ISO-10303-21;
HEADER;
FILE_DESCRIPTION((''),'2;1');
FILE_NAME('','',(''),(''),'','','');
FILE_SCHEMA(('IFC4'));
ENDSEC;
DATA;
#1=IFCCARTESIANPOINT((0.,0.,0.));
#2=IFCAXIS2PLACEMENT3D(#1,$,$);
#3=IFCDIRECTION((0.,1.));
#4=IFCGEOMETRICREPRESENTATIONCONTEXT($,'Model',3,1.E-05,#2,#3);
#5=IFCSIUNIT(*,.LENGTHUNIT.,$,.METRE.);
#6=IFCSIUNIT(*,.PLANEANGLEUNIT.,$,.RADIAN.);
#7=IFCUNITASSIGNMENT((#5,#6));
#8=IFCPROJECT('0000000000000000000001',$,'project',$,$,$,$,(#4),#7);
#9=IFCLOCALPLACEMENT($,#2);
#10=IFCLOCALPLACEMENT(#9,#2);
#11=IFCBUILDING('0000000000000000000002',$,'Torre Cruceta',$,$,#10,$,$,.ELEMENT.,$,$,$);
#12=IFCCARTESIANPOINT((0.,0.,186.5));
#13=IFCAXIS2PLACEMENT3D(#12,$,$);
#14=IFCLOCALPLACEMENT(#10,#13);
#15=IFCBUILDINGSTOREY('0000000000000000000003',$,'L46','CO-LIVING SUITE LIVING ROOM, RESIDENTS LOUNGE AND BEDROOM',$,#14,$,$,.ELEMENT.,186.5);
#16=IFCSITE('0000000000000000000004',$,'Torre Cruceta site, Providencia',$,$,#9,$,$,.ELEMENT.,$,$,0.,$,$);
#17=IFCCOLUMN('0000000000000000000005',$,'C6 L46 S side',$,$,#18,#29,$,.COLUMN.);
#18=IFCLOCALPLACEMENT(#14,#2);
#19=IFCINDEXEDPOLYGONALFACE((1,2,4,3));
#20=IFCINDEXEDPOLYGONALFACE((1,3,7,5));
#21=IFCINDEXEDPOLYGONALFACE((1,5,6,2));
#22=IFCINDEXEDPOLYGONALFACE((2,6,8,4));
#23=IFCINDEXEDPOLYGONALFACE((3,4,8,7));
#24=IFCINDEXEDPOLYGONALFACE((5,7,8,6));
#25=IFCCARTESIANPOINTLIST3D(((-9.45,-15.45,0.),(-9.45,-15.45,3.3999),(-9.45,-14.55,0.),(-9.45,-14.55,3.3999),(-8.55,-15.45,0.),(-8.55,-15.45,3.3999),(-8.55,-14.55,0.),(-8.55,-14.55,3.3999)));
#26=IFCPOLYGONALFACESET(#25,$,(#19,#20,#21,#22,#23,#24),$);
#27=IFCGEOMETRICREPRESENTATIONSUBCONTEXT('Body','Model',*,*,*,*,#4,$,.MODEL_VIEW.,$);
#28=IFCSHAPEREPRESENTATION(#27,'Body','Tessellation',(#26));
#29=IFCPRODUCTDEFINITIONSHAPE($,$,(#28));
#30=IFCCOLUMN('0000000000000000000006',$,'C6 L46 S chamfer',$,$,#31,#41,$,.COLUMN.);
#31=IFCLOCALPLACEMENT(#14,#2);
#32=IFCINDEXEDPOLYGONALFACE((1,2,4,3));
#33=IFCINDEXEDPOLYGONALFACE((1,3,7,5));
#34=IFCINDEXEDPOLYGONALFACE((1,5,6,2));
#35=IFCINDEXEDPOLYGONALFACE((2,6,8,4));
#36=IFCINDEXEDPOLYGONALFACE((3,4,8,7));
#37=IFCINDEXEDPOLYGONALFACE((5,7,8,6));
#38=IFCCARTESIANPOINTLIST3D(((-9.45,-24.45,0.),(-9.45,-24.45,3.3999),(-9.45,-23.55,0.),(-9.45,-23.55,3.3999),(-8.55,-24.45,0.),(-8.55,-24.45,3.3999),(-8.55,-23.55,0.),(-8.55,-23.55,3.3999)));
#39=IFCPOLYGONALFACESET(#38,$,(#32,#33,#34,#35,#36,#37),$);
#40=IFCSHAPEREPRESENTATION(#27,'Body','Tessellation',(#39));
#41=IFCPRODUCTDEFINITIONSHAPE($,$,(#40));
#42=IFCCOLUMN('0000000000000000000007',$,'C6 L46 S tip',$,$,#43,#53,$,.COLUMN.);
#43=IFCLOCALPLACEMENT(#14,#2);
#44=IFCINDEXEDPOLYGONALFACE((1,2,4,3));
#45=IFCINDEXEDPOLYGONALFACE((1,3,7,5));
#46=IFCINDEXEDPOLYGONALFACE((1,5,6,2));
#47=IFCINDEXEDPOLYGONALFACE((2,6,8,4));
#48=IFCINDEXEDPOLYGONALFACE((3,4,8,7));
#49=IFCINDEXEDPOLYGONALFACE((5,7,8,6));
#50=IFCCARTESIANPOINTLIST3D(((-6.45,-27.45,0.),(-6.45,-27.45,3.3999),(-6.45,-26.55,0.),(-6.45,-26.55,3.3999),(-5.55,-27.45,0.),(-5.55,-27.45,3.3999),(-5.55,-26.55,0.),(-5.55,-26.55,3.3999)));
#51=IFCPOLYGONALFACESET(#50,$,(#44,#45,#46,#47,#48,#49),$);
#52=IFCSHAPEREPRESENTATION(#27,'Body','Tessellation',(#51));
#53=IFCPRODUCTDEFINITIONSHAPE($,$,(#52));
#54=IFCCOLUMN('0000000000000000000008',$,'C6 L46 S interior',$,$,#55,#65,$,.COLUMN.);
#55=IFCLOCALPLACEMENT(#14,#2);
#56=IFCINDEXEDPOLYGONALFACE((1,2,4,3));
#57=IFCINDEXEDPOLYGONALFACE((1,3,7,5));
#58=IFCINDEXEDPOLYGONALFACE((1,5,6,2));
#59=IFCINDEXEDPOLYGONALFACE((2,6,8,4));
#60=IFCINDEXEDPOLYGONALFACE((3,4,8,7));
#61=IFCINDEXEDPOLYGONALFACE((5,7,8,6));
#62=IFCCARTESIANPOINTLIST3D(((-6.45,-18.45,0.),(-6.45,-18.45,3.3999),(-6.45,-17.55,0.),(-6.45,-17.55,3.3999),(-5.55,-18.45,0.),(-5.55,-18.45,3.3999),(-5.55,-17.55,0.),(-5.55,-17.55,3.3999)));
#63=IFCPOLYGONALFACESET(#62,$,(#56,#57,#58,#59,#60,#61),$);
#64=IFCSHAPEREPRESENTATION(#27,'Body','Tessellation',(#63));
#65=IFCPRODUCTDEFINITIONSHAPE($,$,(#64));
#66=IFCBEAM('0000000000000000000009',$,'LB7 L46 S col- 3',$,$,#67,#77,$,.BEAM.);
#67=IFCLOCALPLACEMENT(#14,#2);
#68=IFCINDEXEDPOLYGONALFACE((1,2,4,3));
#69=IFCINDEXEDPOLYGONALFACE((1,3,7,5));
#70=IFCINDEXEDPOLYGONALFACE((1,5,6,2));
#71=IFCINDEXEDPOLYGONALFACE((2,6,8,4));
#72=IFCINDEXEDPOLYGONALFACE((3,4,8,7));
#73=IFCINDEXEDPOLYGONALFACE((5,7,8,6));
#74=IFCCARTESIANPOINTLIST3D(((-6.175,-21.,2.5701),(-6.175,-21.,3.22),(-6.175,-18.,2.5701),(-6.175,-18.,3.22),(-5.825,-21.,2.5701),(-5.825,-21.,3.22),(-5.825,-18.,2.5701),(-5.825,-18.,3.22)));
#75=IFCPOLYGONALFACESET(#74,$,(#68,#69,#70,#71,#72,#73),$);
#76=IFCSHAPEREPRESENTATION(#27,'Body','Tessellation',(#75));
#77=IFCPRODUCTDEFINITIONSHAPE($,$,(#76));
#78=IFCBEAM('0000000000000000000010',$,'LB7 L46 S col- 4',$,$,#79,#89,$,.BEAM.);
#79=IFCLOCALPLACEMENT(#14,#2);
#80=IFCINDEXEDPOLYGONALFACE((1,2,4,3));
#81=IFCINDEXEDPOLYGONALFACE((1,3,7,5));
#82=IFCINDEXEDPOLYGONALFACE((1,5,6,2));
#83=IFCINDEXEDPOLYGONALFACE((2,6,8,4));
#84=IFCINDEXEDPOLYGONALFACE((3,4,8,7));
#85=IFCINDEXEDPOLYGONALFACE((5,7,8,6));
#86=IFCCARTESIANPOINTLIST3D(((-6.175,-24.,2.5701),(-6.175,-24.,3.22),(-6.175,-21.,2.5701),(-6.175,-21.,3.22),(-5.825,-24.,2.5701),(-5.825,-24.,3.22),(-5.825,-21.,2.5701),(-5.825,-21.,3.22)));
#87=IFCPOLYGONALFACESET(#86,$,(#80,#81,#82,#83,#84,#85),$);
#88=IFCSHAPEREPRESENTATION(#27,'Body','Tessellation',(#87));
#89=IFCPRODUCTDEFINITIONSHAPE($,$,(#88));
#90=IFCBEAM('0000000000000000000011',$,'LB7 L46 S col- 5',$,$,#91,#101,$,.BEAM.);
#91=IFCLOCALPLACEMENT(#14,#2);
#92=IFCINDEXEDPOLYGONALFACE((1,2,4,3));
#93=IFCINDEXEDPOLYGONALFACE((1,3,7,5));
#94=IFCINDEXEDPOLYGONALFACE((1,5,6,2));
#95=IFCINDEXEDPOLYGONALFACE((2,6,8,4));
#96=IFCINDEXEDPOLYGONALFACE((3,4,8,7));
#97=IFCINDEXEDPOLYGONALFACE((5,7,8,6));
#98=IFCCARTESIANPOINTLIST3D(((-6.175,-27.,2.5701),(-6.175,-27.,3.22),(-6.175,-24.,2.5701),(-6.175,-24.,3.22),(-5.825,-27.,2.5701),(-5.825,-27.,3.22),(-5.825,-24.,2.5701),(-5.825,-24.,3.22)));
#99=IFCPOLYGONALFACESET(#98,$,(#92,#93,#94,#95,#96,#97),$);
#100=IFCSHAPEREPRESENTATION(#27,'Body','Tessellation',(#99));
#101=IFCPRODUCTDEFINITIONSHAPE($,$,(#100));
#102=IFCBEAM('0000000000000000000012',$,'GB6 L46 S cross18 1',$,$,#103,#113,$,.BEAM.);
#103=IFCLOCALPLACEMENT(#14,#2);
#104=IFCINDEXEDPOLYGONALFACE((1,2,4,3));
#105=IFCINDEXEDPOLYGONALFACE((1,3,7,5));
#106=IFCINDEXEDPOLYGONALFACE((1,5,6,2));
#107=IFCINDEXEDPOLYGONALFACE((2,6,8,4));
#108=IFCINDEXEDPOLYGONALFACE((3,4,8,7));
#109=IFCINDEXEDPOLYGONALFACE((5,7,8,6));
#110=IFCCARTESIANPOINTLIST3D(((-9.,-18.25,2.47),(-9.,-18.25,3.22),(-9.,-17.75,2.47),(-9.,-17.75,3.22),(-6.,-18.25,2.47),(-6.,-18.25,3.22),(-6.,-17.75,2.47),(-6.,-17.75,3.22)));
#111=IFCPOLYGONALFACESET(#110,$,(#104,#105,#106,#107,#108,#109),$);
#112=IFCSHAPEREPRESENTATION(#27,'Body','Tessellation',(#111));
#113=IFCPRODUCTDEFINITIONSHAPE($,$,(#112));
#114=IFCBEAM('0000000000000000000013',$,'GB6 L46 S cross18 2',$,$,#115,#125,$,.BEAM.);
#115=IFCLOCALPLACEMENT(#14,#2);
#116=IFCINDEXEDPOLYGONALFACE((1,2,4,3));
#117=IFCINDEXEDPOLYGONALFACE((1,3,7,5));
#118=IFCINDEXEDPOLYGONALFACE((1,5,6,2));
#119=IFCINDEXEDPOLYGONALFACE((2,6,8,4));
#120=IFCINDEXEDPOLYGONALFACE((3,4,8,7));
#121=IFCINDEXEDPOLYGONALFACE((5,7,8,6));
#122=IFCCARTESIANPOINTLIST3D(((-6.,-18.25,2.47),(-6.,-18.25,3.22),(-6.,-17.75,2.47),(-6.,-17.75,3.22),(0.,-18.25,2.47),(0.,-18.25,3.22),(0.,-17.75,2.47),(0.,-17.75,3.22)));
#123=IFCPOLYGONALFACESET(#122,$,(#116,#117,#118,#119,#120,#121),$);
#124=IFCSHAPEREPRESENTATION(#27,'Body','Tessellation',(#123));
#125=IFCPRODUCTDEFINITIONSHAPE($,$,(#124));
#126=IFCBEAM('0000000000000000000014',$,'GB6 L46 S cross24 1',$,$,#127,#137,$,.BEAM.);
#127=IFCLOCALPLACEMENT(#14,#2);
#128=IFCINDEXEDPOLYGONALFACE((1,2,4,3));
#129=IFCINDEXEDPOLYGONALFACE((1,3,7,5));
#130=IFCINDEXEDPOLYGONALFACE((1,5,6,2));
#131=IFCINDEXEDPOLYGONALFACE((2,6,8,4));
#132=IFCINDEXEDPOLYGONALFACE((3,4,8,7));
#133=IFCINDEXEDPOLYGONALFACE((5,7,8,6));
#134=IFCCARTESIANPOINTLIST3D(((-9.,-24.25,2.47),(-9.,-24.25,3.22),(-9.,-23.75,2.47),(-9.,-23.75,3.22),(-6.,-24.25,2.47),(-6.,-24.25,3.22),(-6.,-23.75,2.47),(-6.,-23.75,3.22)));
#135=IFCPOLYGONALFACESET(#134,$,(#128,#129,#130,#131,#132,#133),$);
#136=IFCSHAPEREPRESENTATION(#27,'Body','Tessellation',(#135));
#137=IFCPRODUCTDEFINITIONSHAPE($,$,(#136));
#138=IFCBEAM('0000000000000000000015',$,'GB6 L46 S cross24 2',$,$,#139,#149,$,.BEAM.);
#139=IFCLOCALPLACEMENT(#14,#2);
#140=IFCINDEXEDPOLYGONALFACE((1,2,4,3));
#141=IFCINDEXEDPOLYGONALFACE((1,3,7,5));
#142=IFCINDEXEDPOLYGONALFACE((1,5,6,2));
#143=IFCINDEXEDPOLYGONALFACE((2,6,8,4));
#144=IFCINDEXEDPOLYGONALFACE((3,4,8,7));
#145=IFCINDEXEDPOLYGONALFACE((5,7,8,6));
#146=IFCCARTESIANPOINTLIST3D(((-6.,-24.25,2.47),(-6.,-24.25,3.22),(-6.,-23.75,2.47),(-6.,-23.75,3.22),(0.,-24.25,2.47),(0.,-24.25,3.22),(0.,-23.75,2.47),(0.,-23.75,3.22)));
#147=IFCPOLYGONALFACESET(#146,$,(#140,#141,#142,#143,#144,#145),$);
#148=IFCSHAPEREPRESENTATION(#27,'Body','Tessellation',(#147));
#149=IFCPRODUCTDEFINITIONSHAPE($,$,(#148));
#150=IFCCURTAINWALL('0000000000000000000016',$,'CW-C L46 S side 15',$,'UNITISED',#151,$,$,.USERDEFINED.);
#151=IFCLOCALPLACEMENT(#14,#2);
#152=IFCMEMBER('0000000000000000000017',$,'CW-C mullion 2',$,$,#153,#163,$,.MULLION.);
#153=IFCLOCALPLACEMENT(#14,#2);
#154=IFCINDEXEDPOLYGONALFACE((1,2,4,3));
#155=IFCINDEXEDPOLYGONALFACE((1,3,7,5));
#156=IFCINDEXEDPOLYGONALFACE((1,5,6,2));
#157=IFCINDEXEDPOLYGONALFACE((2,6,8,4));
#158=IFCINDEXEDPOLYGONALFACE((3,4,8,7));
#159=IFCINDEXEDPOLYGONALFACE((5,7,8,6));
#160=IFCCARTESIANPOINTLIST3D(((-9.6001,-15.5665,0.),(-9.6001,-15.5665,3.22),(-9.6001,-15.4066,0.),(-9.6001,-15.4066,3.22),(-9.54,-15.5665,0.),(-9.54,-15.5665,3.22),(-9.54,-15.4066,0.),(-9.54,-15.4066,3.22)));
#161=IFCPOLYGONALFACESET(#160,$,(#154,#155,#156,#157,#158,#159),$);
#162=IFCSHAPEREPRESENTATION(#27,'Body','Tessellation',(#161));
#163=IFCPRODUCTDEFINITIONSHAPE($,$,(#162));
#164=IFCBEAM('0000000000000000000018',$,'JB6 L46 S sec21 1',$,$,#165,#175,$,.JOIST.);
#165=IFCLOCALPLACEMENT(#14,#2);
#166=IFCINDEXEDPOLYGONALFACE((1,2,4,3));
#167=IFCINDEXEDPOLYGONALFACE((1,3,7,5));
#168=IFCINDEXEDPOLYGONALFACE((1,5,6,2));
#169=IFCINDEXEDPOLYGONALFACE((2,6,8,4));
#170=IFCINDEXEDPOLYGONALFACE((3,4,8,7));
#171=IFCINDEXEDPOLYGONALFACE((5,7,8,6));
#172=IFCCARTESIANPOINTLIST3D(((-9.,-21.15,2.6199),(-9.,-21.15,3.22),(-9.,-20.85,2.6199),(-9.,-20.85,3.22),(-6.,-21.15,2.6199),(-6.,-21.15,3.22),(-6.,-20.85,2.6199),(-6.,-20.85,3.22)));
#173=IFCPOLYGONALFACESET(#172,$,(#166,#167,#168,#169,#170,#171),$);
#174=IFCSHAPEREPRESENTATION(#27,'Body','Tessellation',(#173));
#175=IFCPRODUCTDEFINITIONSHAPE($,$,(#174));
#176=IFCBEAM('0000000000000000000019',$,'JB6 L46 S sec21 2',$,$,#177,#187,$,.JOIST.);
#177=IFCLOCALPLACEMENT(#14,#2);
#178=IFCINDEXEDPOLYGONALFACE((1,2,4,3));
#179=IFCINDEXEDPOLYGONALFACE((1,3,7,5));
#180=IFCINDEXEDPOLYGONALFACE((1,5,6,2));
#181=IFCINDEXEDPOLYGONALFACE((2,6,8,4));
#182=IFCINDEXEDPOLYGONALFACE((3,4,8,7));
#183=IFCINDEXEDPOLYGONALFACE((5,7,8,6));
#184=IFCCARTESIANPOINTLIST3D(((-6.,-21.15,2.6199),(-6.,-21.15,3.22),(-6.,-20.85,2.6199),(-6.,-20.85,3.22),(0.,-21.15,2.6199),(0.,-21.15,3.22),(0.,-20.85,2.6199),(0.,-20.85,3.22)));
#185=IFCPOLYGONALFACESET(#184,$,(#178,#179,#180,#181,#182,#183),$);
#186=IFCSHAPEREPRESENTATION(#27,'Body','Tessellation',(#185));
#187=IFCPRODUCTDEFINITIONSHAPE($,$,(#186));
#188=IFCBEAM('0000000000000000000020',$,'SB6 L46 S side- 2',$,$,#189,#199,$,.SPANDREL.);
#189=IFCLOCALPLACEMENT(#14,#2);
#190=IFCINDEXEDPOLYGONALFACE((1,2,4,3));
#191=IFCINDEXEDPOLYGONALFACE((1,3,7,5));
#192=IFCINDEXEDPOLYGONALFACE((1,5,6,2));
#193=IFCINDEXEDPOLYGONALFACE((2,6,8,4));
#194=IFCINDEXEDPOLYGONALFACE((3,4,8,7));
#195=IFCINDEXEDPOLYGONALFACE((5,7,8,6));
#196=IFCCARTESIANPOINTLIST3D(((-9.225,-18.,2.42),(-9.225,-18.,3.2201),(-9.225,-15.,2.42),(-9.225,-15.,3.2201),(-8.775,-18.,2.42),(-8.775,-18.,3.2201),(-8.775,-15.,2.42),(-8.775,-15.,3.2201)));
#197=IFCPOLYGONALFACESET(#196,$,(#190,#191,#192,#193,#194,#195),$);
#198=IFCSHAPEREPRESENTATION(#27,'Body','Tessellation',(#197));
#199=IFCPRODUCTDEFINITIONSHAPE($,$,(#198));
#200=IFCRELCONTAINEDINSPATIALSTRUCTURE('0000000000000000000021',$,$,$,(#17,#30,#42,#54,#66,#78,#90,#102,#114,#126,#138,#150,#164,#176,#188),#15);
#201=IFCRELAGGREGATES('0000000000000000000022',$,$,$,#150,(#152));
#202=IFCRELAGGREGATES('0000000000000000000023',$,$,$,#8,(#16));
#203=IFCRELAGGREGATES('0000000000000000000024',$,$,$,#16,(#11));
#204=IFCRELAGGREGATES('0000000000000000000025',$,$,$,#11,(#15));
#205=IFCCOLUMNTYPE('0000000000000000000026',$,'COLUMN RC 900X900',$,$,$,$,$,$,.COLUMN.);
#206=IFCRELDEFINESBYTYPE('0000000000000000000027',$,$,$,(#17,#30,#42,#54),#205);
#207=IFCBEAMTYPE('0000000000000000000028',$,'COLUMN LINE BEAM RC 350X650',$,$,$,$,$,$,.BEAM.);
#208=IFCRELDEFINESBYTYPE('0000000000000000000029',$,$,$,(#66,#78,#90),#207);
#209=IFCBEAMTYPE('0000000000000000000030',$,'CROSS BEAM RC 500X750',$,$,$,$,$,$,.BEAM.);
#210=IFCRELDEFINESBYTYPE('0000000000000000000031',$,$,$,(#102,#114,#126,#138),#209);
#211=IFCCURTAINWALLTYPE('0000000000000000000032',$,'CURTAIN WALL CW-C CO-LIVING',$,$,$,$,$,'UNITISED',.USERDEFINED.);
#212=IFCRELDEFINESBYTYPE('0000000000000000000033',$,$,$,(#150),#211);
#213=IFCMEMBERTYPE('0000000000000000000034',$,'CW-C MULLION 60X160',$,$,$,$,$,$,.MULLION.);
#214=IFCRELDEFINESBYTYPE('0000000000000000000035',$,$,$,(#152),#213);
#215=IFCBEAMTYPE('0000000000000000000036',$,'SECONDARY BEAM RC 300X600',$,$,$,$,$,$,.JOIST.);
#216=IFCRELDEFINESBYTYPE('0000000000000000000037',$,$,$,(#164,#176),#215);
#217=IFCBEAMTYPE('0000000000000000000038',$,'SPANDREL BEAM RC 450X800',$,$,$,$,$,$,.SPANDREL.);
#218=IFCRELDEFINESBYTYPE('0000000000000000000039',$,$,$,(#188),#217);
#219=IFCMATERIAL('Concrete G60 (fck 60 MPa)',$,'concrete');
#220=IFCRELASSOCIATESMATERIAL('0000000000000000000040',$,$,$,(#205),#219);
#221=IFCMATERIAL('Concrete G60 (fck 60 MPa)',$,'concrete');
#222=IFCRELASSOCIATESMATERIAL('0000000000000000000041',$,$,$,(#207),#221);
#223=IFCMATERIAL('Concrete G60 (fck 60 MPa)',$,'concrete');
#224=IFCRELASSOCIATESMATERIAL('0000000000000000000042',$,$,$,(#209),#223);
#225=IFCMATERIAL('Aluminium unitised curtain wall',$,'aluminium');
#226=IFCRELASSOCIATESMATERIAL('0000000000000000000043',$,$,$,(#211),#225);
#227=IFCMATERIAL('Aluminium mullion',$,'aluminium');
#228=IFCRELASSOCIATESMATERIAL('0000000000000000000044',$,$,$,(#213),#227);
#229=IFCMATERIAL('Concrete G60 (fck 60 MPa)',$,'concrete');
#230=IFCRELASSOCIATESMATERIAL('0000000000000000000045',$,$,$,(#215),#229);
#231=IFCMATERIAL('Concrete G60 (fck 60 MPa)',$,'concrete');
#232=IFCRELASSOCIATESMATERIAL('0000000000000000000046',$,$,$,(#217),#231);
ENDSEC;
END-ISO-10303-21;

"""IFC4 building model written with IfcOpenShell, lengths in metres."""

from ifc_helpers import new_model, si_unit, direction, frame, origin, origin_2d, place, context, subcontext, project, spatial, rectangle, extrude, material, material_profile, profile_set, type_object, element, aggregate, save


model = new_model("IFC4")

# Units and contexts
model_context = context("Model", 3, precision=1e-05, world=origin(), true_north=direction((0.0, 1.0)))
body_context = subcontext(model_context, "Body", "Model", "MODEL_VIEW")
ifc_project = project(units=[si_unit("LENGTHUNIT", "METRE"), si_unit("PLANEANGLEUNIT", "RADIAN")], contexts=[model_context])

# Site, building, storey
site_placement = place(None, origin())
site = spatial("IfcSite", under=ifc_project, at=site_placement, Name="Torre Cruceta site, Providencia", CompositionType="ELEMENT", RefElevation=0.0)
building_placement = place(site_placement, origin())
building = spatial("IfcBuilding", under=site, at=building_placement, Name="Torre Cruceta", CompositionType="ELEMENT")
storey_placement = place(building_placement, frame((0.0, 0.0, 186.5)))
storey = spatial("IfcBuildingStorey", under=building, at=storey_placement, Name="L46", Description="CO-LIVING SUITE LIVING ROOM, RESIDENTS LOUNGE AND BEDROOM", CompositionType="ELEMENT", Elevation=186.5)

# Columns
ifc_material_1 = material(Name="Concrete G60 (fck 60 MPa)", Category="concrete")
ifc_material_profile_1 = material_profile(ifc_material_1, rectangle(XDim=0.8999, YDim=0.8999, at=origin_2d()), Name="RC 900X900")
ifc_profile_set_1 = profile_set([ifc_material_profile_1], Name="Concrete G60 (fck 60 MPa)")
column_type = type_object("IfcColumnType", Name="COLUMN RC 900X900", PredefinedType="COLUMN", material=ifc_profile_set_1)
for number, where, z_axis, x_axis, name in (
    (1, (-9.0, -15.0, 0.0), (0.0, 0.0, 1.0), (1.0, 0.0, 0.0), "C6 L46 S side"),
    (2, (-9.0, -24.0, 0.0), (0.0, 0.0, 1.0), (1.0, 0.0, 0.0), "C6 L46 S chamfer"),
    (3, (-6.0, -27.0, 0.0), (0.0, 0.0, 1.0), (1.0, 0.0, 0.0), "C6 L46 S tip"),
    (4, (-6.0, -18.0, 0.0), (0.0, 0.0, 1.0), (1.0, 0.0, 0.0), "C6 L46 S interior"),
):
    element("IfcColumn", number, at=place(storey_placement, frame(where, z_axis=z_axis, x_axis=x_axis)), inside=storey, type_object=column_type, Name=name, PredefinedType="COLUMN", context=body_context, shape_type="SweptSolid", body=[
        extrude(rectangle(XDim=0.8999, YDim=0.8999, at=origin_2d()), origin(), (0.0, 0.0, 1.0), 3.3999),
    ])

# Beams
ifc_material_2 = material(Name="Concrete G60 (fck 60 MPa)", Category="concrete")
ifc_material_profile_2 = material_profile(ifc_material_2, rectangle(XDim=0.3501, YDim=0.6499, at=origin_2d()), Name="RC 350X650")
ifc_profile_set_2 = profile_set([ifc_material_profile_2], Name="Concrete G60 (fck 60 MPa)")
beam_type_1 = type_object("IfcBeamType", Name="COLUMN LINE BEAM RC 350X650", PredefinedType="BEAM", material=ifc_profile_set_2)
for number, where, z_axis, x_axis, name in (
    (5, (-6.0, -18.0, 2.895), (0.0, -1.0, 0.0), (1.0, 0.0, 0.0), "LB7 L46 S col- 3"),
    (6, (-6.0, -21.0, 2.895), (0.0, -1.0, 0.0), (1.0, 0.0, 0.0), "LB7 L46 S col- 4"),
    (7, (-6.0, -24.0, 2.895), (0.0, -1.0, 0.0), (1.0, 0.0, 0.0), "LB7 L46 S col- 5"),
):
    element("IfcBeam", number, at=place(storey_placement, frame(where, z_axis=z_axis, x_axis=x_axis)), inside=storey, type_object=beam_type_1, Name=name, PredefinedType="BEAM", context=body_context, shape_type="SweptSolid", body=[
        extrude(rectangle(XDim=0.3501, YDim=0.6499, at=origin_2d()), origin(), (0.0, 0.0, 1.0), 3.0),
    ])
ifc_material_3 = material(Name="Concrete G60 (fck 60 MPa)", Category="concrete")
ifc_material_profile_3 = material_profile(ifc_material_3, rectangle(XDim=0.5, YDim=0.75, at=origin_2d()), Name="RC 500X750")
ifc_profile_set_3 = profile_set([ifc_material_profile_3], Name="Concrete G60 (fck 60 MPa)")
beam_type_2 = type_object("IfcBeamType", Name="CROSS BEAM RC 500X750", PredefinedType="BEAM", material=ifc_profile_set_3)
beam_1_placement = place(storey_placement, frame((-9.0, -18.0, 2.845), z_axis=(1.0, 0.0, 0.0), x_axis=(0.0, 1.0, 0.0)))
element("IfcBeam", 8, at=beam_1_placement, inside=storey, type_object=beam_type_2, Name="GB6 L46 S cross18 1", PredefinedType="BEAM", context=body_context, shape_type="SweptSolid", body=[
    extrude(rectangle(XDim=0.5, YDim=0.75, at=origin_2d()), origin(), (0.0, 0.0, 1.0), 3.0),
])
beam_2_placement = place(storey_placement, frame((-6.0, -18.0, 2.845), z_axis=(1.0, 0.0, 0.0), x_axis=(0.0, 1.0, 0.0)))
element("IfcBeam", 9, at=beam_2_placement, inside=storey, type_object=beam_type_2, Name="GB6 L46 S cross18 2", PredefinedType="BEAM", context=body_context, shape_type="SweptSolid", body=[
    extrude(rectangle(XDim=0.5, YDim=0.75, at=origin_2d()), origin(), (0.0, 0.0, 1.0), 6.0),
])
beam_3_placement = place(storey_placement, frame((-9.0, -24.0, 2.845), z_axis=(1.0, 0.0, 0.0), x_axis=(0.0, 1.0, 0.0)))
element("IfcBeam", 10, at=beam_3_placement, inside=storey, type_object=beam_type_2, Name="GB6 L46 S cross24 1", PredefinedType="BEAM", context=body_context, shape_type="SweptSolid", body=[
    extrude(rectangle(XDim=0.5, YDim=0.75, at=origin_2d()), origin(), (0.0, 0.0, 1.0), 3.0),
])
beam_4_placement = place(storey_placement, frame((-6.0, -24.0, 2.845), z_axis=(1.0, 0.0, 0.0), x_axis=(0.0, 1.0, 0.0)))
element("IfcBeam", 11, at=beam_4_placement, inside=storey, type_object=beam_type_2, Name="GB6 L46 S cross24 2", PredefinedType="BEAM", context=body_context, shape_type="SweptSolid", body=[
    extrude(rectangle(XDim=0.5, YDim=0.75, at=origin_2d()), origin(), (0.0, 0.0, 1.0), 6.0),
])

# Curtain wall, member
ifc_material_4 = material(Name="Aluminium unitised curtain wall", Category="aluminium")
curtain_wall_type = type_object("IfcCurtainWallType", Name="CURTAIN WALL CW-C CO-LIVING", ElementType="UNITISED", PredefinedType="USERDEFINED", material=ifc_material_4)
curtain_wall_placement = place(storey_placement, origin())
curtain_wall = element("IfcCurtainWall", 12, at=curtain_wall_placement, inside=storey, type_object=curtain_wall_type, Name="CW-C L46 S side 15", ObjectType="UNITISED", PredefinedType="USERDEFINED")
ifc_material_5 = material(Name="Aluminium mullion", Category="aluminium")
ifc_material_profile_4 = material_profile(ifc_material_5, rectangle(XDim=0.0601, YDim=0.1599, at=origin_2d()), Name="AL 60X160")
ifc_profile_set_4 = profile_set([ifc_material_profile_4], Name="Aluminium mullion")
member_type = type_object("IfcMemberType", Name="CW-C MULLION 60X160", PredefinedType="MULLION", material=ifc_profile_set_4)
member_placement = place(storey_placement, frame((-9.5701, -15.4866, 0.0), z_axis=(0.0, 0.0, 1.0), x_axis=(1.0, 0.0, 0.0)))
member = element("IfcMember", 13, at=member_placement, type_object=member_type, Name="CW-C mullion 2", PredefinedType="MULLION", context=body_context, shape_type="SweptSolid", body=[
    extrude(rectangle(XDim=0.0601, YDim=0.1599, at=origin_2d()), origin(), (0.0, 0.0, 1.0), 3.22),
])
aggregate(curtain_wall, [member])

# Beams
ifc_material_6 = material(Name="Concrete G60 (fck 60 MPa)", Category="concrete")
ifc_material_profile_5 = material_profile(ifc_material_6, rectangle(XDim=0.3, YDim=0.6001, at=origin_2d()), Name="RC 300X600")
ifc_profile_set_5 = profile_set([ifc_material_profile_5], Name="Concrete G60 (fck 60 MPa)")
beam_type_3 = type_object("IfcBeamType", Name="SECONDARY BEAM RC 300X600", PredefinedType="JOIST", material=ifc_profile_set_5)
beam_5_placement = place(storey_placement, frame((-9.0, -21.0, 2.9199), z_axis=(1.0, 0.0, 0.0), x_axis=(0.0, 1.0, 0.0)))
element("IfcBeam", 14, at=beam_5_placement, inside=storey, type_object=beam_type_3, Name="JB6 L46 S sec21 1", PredefinedType="JOIST", context=body_context, shape_type="SweptSolid", body=[
    extrude(rectangle(XDim=0.3, YDim=0.6001, at=origin_2d()), origin(), (0.0, 0.0, 1.0), 3.0),
])
beam_6_placement = place(storey_placement, frame((-6.0, -21.0, 2.9199), z_axis=(1.0, 0.0, 0.0), x_axis=(0.0, 1.0, 0.0)))
element("IfcBeam", 15, at=beam_6_placement, inside=storey, type_object=beam_type_3, Name="JB6 L46 S sec21 2", PredefinedType="JOIST", context=body_context, shape_type="SweptSolid", body=[
    extrude(rectangle(XDim=0.3, YDim=0.6001, at=origin_2d()), origin(), (0.0, 0.0, 1.0), 6.0),
])
ifc_material_7 = material(Name="Concrete G60 (fck 60 MPa)", Category="concrete")
ifc_material_profile_6 = material_profile(ifc_material_7, rectangle(XDim=0.45, YDim=0.8, at=origin_2d()), Name="RC 450X800")
ifc_profile_set_6 = profile_set([ifc_material_profile_6], Name="Concrete G60 (fck 60 MPa)")
beam_type_4 = type_object("IfcBeamType", Name="SPANDREL BEAM RC 450X800", PredefinedType="SPANDREL", material=ifc_profile_set_6)
for number, where, z_axis, x_axis, name in (
    (16, (-9.0, -15.0, 2.8201), (0.0, -1.0, 0.0), (1.0, 0.0, 0.0), "SB6 L46 S side- 2"),
):
    element("IfcBeam", number, at=place(storey_placement, frame(where, z_axis=z_axis, x_axis=x_axis)), inside=storey, type_object=beam_type_4, Name=name, PredefinedType="SPANDREL", context=body_context, shape_type="SweptSolid", body=[
        extrude(rectangle(XDim=0.45, YDim=0.8, at=origin_2d()), origin(), (0.0, 0.0, 1.0), 3.0),
    ])

save(model, "model.ifc")
